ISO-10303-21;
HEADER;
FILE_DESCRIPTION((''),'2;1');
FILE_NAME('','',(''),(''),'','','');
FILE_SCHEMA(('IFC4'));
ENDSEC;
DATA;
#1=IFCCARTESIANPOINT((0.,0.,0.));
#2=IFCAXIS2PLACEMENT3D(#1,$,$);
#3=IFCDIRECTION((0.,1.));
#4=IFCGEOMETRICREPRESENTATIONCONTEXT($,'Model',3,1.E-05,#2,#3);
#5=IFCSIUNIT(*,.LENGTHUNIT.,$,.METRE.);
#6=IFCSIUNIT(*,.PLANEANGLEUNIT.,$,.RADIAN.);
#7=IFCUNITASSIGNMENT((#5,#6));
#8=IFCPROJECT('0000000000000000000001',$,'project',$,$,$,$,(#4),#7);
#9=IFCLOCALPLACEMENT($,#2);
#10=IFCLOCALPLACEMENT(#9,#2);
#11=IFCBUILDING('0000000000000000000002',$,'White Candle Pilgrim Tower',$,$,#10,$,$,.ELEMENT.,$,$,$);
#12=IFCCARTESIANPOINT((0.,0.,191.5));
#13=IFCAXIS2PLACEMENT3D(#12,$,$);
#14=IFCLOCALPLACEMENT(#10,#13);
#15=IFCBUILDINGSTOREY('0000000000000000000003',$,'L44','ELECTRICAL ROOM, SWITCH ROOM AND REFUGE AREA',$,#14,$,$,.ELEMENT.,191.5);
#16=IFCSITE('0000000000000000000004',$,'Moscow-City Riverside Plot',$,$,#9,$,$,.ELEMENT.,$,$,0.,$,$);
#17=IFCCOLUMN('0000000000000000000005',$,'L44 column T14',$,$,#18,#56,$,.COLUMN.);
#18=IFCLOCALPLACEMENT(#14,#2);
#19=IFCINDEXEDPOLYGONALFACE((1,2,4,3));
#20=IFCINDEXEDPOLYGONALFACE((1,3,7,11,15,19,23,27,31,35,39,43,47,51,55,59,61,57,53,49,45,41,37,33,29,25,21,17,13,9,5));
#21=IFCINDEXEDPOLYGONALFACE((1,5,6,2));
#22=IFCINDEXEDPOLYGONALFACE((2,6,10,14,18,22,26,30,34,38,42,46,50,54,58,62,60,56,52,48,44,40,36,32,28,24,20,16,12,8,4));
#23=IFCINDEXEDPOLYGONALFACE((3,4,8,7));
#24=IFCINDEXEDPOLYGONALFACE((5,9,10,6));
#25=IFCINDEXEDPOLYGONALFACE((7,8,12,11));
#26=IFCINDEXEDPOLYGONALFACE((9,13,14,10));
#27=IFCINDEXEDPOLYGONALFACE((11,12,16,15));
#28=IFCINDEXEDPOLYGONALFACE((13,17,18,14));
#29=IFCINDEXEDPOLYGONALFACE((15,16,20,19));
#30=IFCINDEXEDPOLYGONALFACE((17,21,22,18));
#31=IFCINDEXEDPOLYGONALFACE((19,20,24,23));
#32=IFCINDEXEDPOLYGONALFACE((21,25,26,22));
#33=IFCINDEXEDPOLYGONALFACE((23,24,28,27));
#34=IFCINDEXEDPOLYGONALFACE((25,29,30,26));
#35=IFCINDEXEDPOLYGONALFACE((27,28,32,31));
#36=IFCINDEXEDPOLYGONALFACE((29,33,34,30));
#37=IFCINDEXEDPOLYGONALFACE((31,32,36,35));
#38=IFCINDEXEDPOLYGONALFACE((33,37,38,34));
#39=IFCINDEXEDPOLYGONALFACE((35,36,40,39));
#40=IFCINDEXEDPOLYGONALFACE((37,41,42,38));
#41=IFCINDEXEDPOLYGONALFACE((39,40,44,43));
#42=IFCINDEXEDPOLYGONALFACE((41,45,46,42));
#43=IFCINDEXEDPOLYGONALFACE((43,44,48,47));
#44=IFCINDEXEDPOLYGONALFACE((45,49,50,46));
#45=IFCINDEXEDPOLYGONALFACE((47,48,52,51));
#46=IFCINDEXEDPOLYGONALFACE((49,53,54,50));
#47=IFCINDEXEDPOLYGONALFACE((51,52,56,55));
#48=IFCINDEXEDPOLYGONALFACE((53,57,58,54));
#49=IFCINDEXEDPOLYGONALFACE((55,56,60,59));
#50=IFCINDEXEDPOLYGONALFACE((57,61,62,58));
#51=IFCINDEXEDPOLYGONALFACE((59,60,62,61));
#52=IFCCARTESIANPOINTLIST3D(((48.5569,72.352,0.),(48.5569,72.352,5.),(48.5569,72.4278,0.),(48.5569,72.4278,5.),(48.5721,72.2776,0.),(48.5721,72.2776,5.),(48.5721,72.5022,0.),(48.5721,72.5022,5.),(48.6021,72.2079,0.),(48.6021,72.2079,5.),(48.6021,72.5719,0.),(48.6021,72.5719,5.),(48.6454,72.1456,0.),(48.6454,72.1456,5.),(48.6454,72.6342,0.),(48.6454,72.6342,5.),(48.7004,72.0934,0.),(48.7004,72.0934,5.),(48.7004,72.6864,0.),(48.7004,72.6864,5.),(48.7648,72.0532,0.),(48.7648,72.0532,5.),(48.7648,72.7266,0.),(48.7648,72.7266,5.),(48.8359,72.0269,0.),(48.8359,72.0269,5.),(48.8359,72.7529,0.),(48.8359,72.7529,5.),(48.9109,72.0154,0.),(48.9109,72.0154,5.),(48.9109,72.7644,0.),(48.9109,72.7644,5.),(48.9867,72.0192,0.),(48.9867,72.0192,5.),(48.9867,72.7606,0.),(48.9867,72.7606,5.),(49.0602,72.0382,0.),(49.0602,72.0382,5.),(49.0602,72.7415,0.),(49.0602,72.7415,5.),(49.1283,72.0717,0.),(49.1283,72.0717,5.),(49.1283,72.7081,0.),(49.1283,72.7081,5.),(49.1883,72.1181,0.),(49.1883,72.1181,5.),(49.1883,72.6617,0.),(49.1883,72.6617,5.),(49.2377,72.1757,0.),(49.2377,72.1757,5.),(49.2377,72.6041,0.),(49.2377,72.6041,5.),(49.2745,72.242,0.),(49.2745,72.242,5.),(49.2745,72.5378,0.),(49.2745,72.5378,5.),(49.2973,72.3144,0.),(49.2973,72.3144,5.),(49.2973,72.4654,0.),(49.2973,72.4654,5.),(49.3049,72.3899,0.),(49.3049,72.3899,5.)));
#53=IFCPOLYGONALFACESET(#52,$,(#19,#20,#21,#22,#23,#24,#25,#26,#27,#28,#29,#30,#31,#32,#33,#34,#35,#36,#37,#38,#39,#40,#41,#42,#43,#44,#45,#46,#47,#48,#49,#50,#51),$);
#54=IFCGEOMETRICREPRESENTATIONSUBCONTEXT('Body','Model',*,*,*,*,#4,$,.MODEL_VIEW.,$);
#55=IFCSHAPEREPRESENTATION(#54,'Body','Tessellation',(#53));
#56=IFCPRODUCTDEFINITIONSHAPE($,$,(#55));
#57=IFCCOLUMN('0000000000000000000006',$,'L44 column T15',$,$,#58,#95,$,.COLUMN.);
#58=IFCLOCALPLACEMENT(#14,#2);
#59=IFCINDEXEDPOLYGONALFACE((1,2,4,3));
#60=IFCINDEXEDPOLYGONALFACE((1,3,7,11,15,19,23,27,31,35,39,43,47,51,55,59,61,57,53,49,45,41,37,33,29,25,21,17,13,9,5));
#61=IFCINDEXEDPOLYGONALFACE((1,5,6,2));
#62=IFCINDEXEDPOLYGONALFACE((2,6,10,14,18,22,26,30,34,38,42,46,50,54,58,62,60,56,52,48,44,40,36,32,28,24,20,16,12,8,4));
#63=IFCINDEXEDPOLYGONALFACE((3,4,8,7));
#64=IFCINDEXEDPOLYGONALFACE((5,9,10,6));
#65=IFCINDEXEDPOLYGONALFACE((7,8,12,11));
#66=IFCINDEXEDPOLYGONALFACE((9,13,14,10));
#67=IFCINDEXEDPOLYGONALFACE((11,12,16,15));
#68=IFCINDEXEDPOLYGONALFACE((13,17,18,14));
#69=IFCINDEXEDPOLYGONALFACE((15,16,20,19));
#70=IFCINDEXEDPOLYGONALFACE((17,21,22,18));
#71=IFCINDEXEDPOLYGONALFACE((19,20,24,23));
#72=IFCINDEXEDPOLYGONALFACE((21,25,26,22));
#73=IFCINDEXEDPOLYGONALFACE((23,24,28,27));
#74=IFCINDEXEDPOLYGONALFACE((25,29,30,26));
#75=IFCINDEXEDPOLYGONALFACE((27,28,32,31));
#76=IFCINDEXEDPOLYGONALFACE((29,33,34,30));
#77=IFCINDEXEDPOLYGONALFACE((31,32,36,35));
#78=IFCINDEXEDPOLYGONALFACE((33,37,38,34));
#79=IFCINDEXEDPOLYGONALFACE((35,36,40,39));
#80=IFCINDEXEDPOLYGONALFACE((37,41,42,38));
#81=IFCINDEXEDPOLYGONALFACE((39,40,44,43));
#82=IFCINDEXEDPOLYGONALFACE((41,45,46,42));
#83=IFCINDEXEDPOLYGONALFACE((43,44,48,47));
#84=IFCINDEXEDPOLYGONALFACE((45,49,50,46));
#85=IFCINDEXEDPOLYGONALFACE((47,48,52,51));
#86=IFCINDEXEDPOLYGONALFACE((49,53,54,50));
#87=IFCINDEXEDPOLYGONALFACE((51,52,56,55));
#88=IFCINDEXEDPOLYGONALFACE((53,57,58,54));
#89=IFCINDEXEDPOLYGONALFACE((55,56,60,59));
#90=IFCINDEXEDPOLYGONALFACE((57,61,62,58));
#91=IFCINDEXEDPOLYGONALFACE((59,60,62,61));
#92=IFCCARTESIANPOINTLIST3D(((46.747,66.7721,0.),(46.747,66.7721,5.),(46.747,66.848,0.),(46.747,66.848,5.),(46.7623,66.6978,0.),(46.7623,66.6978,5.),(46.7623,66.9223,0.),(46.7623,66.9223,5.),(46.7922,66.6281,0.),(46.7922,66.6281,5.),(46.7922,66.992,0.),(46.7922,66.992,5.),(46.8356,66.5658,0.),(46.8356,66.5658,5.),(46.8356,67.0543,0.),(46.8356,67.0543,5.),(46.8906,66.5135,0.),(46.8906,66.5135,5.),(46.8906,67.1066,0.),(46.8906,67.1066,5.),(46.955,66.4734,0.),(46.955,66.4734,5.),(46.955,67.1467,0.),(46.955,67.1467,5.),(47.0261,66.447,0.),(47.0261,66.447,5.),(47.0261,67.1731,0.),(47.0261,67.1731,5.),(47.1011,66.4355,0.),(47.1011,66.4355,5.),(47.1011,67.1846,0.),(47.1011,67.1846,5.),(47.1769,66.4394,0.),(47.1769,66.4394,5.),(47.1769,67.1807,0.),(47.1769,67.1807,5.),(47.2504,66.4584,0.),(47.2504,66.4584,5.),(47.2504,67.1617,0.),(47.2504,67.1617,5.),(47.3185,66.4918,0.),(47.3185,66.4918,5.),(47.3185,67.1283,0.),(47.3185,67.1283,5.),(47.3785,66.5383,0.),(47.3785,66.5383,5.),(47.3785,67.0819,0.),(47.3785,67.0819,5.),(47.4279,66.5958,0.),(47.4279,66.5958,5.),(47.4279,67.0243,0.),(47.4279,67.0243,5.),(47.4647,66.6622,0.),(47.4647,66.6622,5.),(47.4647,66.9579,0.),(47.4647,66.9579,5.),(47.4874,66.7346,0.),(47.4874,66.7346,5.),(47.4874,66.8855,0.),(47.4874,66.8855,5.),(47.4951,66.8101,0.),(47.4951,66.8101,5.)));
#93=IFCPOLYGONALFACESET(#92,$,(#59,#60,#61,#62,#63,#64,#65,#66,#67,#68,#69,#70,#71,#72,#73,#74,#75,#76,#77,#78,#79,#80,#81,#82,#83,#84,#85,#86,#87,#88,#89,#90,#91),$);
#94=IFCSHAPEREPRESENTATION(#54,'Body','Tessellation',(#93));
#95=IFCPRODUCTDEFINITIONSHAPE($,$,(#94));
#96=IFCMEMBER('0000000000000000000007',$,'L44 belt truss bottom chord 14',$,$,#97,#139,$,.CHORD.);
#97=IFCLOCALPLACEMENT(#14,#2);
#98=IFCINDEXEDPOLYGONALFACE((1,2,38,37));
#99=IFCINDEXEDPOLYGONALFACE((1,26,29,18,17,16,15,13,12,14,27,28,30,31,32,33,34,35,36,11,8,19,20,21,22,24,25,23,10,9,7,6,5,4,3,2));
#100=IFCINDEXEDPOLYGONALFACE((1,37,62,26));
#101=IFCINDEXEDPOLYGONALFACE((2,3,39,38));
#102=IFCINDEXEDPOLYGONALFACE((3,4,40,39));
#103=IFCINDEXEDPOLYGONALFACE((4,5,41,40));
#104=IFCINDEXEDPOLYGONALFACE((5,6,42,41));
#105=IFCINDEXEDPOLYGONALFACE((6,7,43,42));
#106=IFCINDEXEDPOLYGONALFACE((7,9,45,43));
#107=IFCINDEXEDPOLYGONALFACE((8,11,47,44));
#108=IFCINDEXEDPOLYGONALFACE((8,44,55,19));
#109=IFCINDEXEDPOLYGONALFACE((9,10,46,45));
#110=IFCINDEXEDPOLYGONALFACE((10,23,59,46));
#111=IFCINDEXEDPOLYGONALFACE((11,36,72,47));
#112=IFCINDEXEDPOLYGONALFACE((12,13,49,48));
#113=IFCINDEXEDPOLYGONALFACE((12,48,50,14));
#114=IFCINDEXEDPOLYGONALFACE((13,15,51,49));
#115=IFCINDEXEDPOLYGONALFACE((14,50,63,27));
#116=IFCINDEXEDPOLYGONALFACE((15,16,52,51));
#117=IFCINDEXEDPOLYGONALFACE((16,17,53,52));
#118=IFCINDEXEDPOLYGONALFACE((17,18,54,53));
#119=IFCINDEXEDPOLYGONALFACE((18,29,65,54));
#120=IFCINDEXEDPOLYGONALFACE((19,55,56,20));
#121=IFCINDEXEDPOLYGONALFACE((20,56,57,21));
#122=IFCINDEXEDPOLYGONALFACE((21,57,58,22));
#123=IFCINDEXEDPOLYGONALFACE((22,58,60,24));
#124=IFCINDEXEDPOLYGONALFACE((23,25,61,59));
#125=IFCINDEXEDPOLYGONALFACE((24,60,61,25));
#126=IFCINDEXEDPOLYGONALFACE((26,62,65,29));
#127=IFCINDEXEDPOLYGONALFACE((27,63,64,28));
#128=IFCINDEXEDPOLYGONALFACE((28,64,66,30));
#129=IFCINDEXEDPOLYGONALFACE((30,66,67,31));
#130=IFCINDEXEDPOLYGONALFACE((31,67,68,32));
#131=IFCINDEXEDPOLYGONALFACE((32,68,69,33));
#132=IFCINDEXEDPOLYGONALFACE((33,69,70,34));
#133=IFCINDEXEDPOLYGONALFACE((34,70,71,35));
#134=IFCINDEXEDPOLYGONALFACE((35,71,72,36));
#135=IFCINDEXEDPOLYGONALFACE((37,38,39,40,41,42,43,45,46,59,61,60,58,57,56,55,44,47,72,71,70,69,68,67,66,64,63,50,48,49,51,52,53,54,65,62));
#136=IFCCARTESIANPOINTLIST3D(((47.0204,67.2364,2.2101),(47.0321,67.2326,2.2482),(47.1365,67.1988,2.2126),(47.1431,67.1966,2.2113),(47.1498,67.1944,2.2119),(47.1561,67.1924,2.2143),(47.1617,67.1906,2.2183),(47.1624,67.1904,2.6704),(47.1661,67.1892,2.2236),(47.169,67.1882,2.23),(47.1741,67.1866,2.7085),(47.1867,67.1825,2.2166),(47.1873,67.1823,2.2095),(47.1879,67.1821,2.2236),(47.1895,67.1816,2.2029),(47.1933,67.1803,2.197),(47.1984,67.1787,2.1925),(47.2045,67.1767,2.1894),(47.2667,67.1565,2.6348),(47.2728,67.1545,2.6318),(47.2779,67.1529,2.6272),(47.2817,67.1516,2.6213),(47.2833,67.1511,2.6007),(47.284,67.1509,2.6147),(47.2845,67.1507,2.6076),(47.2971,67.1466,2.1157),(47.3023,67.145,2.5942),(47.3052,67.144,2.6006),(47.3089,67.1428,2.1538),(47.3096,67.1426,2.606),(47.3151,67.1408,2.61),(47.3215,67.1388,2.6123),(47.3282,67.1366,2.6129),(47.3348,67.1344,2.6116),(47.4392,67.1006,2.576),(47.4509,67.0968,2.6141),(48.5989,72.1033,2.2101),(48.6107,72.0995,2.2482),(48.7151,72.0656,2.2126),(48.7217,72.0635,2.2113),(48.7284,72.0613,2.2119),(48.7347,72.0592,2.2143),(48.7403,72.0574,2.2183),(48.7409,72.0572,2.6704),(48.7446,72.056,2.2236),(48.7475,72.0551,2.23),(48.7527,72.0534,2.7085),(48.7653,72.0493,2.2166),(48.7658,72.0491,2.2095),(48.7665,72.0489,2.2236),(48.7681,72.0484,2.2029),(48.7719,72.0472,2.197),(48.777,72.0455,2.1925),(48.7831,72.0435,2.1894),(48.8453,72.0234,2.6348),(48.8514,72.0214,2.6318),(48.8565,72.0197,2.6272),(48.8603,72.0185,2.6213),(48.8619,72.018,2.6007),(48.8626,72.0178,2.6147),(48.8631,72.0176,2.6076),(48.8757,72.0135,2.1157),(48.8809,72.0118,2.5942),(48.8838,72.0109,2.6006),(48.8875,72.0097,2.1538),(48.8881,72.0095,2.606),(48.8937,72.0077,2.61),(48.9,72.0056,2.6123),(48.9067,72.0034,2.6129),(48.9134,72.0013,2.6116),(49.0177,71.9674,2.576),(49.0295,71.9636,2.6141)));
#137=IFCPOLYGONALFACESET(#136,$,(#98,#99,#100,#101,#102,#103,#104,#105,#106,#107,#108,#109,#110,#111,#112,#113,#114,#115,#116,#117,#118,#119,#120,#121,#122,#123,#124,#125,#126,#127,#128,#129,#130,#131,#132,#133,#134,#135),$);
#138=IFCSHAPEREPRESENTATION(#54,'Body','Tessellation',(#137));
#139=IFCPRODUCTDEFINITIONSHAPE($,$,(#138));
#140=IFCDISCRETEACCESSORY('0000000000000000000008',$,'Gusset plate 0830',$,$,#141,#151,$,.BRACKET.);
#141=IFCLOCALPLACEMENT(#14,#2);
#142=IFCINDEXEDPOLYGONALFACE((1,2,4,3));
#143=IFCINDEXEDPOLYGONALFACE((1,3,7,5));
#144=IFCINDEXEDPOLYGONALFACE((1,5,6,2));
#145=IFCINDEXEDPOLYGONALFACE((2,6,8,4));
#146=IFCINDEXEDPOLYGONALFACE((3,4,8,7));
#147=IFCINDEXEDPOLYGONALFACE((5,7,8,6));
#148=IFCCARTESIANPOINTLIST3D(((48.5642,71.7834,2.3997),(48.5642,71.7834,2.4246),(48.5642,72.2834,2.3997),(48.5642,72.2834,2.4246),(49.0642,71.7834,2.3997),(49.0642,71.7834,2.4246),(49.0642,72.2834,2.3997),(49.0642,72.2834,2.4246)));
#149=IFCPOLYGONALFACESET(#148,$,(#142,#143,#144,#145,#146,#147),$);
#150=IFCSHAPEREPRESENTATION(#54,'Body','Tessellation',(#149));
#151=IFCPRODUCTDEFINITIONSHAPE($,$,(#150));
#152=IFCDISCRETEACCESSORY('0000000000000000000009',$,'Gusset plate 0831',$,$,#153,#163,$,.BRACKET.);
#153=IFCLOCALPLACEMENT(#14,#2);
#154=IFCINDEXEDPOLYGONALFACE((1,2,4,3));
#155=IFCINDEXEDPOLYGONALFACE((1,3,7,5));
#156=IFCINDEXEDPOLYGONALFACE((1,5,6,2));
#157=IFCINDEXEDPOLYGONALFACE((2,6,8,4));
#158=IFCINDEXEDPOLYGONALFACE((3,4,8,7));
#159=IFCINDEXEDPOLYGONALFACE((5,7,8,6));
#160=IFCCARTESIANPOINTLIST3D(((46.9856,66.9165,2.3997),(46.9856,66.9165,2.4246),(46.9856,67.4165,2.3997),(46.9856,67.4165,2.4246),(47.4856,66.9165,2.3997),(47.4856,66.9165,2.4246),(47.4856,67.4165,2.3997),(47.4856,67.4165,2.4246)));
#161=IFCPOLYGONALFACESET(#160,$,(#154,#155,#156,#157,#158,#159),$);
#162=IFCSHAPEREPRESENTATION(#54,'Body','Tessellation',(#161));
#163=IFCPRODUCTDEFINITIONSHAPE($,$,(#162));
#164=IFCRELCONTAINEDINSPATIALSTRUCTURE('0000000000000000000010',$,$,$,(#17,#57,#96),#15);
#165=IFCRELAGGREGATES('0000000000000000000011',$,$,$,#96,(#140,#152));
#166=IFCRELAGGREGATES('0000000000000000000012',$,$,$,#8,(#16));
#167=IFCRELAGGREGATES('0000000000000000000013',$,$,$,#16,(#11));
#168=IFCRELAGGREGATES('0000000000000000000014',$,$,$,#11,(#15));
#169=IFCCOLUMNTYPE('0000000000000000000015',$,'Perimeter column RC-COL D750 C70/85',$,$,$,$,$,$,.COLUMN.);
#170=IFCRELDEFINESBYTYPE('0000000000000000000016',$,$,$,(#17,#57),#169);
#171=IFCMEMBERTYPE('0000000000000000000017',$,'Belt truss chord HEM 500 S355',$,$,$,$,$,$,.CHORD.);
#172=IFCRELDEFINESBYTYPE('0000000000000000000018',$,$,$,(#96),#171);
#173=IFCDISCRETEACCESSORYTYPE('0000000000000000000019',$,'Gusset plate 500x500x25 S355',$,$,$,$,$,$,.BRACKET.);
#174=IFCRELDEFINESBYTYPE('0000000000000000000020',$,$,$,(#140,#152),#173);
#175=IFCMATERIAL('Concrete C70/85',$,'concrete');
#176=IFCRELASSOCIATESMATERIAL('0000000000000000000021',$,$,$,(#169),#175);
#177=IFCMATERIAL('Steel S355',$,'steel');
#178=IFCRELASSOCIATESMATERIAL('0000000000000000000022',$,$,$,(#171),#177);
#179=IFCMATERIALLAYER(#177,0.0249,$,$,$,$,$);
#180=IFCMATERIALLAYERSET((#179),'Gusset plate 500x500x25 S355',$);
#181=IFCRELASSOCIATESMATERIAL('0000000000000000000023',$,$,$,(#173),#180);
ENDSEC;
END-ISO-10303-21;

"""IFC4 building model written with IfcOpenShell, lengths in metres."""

from ifc_helpers import new_model, si_unit, direction, frame, origin, origin_2d, place, context, subcontext, project, spatial, rectangle, circle, i_section, extrude, material, layer, layer_set, material_profile, profile_set, type_object, element, aggregate, save


model = new_model("IFC4")

# Units and contexts
model_context = context("Model", 3, precision=1e-05, world=origin(), true_north=direction((0.0, 1.0)))
body_context = subcontext(model_context, "Body", "Model", "MODEL_VIEW")
ifc_project = project(units=[si_unit("LENGTHUNIT", "METRE"), si_unit("PLANEANGLEUNIT", "RADIAN")], contexts=[model_context])

# Site, building, storey
site_placement = place(None, origin())
site = spatial("IfcSite", under=ifc_project, at=site_placement, Name="Moscow-City Riverside Plot", CompositionType="ELEMENT", RefElevation=0.0)
building_placement = place(site_placement, origin())
building = spatial("IfcBuilding", under=site, at=building_placement, Name="White Candle Pilgrim Tower", CompositionType="ELEMENT")
storey_placement = place(building_placement, frame((0.0, 0.0, 191.5)))
storey = spatial("IfcBuildingStorey", under=building, at=storey_placement, Name="L44", Description="ELECTRICAL ROOM, SWITCH ROOM AND REFUGE AREA", CompositionType="ELEMENT", Elevation=191.5)

# Columns
ifc_material_1 = material(Name="Concrete C70/85", Category="concrete")
ifc_material_profile_1 = material_profile(ifc_material_1, circle(Radius=0.375, at=origin_2d()), Name="RC-COL D750")
ifc_profile_set_1 = profile_set([ifc_material_profile_1], Name="Concrete C70/85")
column_type = type_object("IfcColumnType", Name="Perimeter column RC-COL D750 C70/85", PredefinedType="COLUMN", material=ifc_profile_set_1)
for number, where, z_axis, x_axis, name in (
    (1, (48.9299, 72.3899, 0.0), (0.0, 0.0, 1.0), (1.0, 0.0, 0.0), "L44 column T14"),
    (2, (47.1201, 66.8101, 0.0), (0.0, 0.0, 1.0), (1.0, 0.0, 0.0), "L44 column T15"),
):
    element("IfcColumn", number, at=place(storey_placement, frame(where, z_axis=z_axis, x_axis=x_axis)), inside=storey, type_object=column_type, Name=name, PredefinedType="COLUMN", context=body_context, shape_type="SweptSolid", body=[
        extrude(circle(Radius=0.375, at=origin_2d()), origin(), (0.0, 0.0, 1.0), 5.0),
    ])

# Member
ifc_material_2 = material(Name="Steel S355", Category="steel")
ifc_material_profile_2 = material_profile(ifc_material_2, i_section(OverallWidth=0.3059, OverallDepth=0.5239, WebThickness=0.021, FlangeThickness=0.04, FilletRadius=0.0271, at=origin_2d()), Name="HEM 500")
ifc_profile_set_2 = profile_set([ifc_material_profile_2], Name="Steel S355")
member_type_1 = type_object("IfcMemberType", Name="Belt truss chord HEM 500 S355", PredefinedType="CHORD", material=ifc_profile_set_2)
member_1_placement = place(storey_placement, frame((48.8142, 72.0334, 2.4121), z_axis=(-0.30853, -0.951214, 0.0), x_axis=(0.904807, -0.293478, -0.308536)))
member_1 = element("IfcMember", 3, at=member_1_placement, inside=storey, type_object=member_type_1, Name="L44 belt truss bottom chord 14", PredefinedType="CHORD", context=body_context, shape_type="SweptSolid", body=[
    extrude(i_section(OverallWidth=0.3059, OverallDepth=0.5239, WebThickness=0.021, FlangeThickness=0.04, FilletRadius=0.0271, at=origin_2d()), origin(), (0.0, 0.0, 1.0), 5.1165),
])

# Discrete accessories
ifc_layer_1 = layer(ifc_material_2, 0.0249)
ifc_layer_set_1 = layer_set([ifc_layer_1], Name="Gusset plate 500x500x25 S355")
discrete_accessory_type = type_object("IfcDiscreteAccessoryType", Name="Gusset plate 500x500x25 S355", PredefinedType="BRACKET", material=ifc_layer_set_1)
discrete_accessory_1_placement = place(storey_placement, frame((48.8142, 72.0334, 2.3997), z_axis=(0.0, 0.0, 1.0), x_axis=(1.0, 0.0, 0.0)))
discrete_accessory_1 = element("IfcDiscreteAccessory", 4, at=discrete_accessory_1_placement, type_object=discrete_accessory_type, Name="Gusset plate 0830", PredefinedType="BRACKET", context=body_context, shape_type="SweptSolid", body=[
    extrude(rectangle(XDim=0.5, YDim=0.5, at=origin_2d()), origin(), (0.0, 0.0, 1.0), 0.0249),
])
discrete_accessory_2_placement = place(storey_placement, frame((47.2356, 67.1665, 2.3997), z_axis=(0.0, 0.0, 1.0), x_axis=(1.0, 0.0, 0.0)))
discrete_accessory_2 = element("IfcDiscreteAccessory", 5, at=discrete_accessory_2_placement, type_object=discrete_accessory_type, Name="Gusset plate 0831", PredefinedType="BRACKET", context=body_context, shape_type="SweptSolid", body=[
    extrude(rectangle(XDim=0.5, YDim=0.5, at=origin_2d()), origin(), (0.0, 0.0, 1.0), 0.0249),
])
aggregate(member_1, [discrete_accessory_1, discrete_accessory_2])

save(model, "model.ifc")
